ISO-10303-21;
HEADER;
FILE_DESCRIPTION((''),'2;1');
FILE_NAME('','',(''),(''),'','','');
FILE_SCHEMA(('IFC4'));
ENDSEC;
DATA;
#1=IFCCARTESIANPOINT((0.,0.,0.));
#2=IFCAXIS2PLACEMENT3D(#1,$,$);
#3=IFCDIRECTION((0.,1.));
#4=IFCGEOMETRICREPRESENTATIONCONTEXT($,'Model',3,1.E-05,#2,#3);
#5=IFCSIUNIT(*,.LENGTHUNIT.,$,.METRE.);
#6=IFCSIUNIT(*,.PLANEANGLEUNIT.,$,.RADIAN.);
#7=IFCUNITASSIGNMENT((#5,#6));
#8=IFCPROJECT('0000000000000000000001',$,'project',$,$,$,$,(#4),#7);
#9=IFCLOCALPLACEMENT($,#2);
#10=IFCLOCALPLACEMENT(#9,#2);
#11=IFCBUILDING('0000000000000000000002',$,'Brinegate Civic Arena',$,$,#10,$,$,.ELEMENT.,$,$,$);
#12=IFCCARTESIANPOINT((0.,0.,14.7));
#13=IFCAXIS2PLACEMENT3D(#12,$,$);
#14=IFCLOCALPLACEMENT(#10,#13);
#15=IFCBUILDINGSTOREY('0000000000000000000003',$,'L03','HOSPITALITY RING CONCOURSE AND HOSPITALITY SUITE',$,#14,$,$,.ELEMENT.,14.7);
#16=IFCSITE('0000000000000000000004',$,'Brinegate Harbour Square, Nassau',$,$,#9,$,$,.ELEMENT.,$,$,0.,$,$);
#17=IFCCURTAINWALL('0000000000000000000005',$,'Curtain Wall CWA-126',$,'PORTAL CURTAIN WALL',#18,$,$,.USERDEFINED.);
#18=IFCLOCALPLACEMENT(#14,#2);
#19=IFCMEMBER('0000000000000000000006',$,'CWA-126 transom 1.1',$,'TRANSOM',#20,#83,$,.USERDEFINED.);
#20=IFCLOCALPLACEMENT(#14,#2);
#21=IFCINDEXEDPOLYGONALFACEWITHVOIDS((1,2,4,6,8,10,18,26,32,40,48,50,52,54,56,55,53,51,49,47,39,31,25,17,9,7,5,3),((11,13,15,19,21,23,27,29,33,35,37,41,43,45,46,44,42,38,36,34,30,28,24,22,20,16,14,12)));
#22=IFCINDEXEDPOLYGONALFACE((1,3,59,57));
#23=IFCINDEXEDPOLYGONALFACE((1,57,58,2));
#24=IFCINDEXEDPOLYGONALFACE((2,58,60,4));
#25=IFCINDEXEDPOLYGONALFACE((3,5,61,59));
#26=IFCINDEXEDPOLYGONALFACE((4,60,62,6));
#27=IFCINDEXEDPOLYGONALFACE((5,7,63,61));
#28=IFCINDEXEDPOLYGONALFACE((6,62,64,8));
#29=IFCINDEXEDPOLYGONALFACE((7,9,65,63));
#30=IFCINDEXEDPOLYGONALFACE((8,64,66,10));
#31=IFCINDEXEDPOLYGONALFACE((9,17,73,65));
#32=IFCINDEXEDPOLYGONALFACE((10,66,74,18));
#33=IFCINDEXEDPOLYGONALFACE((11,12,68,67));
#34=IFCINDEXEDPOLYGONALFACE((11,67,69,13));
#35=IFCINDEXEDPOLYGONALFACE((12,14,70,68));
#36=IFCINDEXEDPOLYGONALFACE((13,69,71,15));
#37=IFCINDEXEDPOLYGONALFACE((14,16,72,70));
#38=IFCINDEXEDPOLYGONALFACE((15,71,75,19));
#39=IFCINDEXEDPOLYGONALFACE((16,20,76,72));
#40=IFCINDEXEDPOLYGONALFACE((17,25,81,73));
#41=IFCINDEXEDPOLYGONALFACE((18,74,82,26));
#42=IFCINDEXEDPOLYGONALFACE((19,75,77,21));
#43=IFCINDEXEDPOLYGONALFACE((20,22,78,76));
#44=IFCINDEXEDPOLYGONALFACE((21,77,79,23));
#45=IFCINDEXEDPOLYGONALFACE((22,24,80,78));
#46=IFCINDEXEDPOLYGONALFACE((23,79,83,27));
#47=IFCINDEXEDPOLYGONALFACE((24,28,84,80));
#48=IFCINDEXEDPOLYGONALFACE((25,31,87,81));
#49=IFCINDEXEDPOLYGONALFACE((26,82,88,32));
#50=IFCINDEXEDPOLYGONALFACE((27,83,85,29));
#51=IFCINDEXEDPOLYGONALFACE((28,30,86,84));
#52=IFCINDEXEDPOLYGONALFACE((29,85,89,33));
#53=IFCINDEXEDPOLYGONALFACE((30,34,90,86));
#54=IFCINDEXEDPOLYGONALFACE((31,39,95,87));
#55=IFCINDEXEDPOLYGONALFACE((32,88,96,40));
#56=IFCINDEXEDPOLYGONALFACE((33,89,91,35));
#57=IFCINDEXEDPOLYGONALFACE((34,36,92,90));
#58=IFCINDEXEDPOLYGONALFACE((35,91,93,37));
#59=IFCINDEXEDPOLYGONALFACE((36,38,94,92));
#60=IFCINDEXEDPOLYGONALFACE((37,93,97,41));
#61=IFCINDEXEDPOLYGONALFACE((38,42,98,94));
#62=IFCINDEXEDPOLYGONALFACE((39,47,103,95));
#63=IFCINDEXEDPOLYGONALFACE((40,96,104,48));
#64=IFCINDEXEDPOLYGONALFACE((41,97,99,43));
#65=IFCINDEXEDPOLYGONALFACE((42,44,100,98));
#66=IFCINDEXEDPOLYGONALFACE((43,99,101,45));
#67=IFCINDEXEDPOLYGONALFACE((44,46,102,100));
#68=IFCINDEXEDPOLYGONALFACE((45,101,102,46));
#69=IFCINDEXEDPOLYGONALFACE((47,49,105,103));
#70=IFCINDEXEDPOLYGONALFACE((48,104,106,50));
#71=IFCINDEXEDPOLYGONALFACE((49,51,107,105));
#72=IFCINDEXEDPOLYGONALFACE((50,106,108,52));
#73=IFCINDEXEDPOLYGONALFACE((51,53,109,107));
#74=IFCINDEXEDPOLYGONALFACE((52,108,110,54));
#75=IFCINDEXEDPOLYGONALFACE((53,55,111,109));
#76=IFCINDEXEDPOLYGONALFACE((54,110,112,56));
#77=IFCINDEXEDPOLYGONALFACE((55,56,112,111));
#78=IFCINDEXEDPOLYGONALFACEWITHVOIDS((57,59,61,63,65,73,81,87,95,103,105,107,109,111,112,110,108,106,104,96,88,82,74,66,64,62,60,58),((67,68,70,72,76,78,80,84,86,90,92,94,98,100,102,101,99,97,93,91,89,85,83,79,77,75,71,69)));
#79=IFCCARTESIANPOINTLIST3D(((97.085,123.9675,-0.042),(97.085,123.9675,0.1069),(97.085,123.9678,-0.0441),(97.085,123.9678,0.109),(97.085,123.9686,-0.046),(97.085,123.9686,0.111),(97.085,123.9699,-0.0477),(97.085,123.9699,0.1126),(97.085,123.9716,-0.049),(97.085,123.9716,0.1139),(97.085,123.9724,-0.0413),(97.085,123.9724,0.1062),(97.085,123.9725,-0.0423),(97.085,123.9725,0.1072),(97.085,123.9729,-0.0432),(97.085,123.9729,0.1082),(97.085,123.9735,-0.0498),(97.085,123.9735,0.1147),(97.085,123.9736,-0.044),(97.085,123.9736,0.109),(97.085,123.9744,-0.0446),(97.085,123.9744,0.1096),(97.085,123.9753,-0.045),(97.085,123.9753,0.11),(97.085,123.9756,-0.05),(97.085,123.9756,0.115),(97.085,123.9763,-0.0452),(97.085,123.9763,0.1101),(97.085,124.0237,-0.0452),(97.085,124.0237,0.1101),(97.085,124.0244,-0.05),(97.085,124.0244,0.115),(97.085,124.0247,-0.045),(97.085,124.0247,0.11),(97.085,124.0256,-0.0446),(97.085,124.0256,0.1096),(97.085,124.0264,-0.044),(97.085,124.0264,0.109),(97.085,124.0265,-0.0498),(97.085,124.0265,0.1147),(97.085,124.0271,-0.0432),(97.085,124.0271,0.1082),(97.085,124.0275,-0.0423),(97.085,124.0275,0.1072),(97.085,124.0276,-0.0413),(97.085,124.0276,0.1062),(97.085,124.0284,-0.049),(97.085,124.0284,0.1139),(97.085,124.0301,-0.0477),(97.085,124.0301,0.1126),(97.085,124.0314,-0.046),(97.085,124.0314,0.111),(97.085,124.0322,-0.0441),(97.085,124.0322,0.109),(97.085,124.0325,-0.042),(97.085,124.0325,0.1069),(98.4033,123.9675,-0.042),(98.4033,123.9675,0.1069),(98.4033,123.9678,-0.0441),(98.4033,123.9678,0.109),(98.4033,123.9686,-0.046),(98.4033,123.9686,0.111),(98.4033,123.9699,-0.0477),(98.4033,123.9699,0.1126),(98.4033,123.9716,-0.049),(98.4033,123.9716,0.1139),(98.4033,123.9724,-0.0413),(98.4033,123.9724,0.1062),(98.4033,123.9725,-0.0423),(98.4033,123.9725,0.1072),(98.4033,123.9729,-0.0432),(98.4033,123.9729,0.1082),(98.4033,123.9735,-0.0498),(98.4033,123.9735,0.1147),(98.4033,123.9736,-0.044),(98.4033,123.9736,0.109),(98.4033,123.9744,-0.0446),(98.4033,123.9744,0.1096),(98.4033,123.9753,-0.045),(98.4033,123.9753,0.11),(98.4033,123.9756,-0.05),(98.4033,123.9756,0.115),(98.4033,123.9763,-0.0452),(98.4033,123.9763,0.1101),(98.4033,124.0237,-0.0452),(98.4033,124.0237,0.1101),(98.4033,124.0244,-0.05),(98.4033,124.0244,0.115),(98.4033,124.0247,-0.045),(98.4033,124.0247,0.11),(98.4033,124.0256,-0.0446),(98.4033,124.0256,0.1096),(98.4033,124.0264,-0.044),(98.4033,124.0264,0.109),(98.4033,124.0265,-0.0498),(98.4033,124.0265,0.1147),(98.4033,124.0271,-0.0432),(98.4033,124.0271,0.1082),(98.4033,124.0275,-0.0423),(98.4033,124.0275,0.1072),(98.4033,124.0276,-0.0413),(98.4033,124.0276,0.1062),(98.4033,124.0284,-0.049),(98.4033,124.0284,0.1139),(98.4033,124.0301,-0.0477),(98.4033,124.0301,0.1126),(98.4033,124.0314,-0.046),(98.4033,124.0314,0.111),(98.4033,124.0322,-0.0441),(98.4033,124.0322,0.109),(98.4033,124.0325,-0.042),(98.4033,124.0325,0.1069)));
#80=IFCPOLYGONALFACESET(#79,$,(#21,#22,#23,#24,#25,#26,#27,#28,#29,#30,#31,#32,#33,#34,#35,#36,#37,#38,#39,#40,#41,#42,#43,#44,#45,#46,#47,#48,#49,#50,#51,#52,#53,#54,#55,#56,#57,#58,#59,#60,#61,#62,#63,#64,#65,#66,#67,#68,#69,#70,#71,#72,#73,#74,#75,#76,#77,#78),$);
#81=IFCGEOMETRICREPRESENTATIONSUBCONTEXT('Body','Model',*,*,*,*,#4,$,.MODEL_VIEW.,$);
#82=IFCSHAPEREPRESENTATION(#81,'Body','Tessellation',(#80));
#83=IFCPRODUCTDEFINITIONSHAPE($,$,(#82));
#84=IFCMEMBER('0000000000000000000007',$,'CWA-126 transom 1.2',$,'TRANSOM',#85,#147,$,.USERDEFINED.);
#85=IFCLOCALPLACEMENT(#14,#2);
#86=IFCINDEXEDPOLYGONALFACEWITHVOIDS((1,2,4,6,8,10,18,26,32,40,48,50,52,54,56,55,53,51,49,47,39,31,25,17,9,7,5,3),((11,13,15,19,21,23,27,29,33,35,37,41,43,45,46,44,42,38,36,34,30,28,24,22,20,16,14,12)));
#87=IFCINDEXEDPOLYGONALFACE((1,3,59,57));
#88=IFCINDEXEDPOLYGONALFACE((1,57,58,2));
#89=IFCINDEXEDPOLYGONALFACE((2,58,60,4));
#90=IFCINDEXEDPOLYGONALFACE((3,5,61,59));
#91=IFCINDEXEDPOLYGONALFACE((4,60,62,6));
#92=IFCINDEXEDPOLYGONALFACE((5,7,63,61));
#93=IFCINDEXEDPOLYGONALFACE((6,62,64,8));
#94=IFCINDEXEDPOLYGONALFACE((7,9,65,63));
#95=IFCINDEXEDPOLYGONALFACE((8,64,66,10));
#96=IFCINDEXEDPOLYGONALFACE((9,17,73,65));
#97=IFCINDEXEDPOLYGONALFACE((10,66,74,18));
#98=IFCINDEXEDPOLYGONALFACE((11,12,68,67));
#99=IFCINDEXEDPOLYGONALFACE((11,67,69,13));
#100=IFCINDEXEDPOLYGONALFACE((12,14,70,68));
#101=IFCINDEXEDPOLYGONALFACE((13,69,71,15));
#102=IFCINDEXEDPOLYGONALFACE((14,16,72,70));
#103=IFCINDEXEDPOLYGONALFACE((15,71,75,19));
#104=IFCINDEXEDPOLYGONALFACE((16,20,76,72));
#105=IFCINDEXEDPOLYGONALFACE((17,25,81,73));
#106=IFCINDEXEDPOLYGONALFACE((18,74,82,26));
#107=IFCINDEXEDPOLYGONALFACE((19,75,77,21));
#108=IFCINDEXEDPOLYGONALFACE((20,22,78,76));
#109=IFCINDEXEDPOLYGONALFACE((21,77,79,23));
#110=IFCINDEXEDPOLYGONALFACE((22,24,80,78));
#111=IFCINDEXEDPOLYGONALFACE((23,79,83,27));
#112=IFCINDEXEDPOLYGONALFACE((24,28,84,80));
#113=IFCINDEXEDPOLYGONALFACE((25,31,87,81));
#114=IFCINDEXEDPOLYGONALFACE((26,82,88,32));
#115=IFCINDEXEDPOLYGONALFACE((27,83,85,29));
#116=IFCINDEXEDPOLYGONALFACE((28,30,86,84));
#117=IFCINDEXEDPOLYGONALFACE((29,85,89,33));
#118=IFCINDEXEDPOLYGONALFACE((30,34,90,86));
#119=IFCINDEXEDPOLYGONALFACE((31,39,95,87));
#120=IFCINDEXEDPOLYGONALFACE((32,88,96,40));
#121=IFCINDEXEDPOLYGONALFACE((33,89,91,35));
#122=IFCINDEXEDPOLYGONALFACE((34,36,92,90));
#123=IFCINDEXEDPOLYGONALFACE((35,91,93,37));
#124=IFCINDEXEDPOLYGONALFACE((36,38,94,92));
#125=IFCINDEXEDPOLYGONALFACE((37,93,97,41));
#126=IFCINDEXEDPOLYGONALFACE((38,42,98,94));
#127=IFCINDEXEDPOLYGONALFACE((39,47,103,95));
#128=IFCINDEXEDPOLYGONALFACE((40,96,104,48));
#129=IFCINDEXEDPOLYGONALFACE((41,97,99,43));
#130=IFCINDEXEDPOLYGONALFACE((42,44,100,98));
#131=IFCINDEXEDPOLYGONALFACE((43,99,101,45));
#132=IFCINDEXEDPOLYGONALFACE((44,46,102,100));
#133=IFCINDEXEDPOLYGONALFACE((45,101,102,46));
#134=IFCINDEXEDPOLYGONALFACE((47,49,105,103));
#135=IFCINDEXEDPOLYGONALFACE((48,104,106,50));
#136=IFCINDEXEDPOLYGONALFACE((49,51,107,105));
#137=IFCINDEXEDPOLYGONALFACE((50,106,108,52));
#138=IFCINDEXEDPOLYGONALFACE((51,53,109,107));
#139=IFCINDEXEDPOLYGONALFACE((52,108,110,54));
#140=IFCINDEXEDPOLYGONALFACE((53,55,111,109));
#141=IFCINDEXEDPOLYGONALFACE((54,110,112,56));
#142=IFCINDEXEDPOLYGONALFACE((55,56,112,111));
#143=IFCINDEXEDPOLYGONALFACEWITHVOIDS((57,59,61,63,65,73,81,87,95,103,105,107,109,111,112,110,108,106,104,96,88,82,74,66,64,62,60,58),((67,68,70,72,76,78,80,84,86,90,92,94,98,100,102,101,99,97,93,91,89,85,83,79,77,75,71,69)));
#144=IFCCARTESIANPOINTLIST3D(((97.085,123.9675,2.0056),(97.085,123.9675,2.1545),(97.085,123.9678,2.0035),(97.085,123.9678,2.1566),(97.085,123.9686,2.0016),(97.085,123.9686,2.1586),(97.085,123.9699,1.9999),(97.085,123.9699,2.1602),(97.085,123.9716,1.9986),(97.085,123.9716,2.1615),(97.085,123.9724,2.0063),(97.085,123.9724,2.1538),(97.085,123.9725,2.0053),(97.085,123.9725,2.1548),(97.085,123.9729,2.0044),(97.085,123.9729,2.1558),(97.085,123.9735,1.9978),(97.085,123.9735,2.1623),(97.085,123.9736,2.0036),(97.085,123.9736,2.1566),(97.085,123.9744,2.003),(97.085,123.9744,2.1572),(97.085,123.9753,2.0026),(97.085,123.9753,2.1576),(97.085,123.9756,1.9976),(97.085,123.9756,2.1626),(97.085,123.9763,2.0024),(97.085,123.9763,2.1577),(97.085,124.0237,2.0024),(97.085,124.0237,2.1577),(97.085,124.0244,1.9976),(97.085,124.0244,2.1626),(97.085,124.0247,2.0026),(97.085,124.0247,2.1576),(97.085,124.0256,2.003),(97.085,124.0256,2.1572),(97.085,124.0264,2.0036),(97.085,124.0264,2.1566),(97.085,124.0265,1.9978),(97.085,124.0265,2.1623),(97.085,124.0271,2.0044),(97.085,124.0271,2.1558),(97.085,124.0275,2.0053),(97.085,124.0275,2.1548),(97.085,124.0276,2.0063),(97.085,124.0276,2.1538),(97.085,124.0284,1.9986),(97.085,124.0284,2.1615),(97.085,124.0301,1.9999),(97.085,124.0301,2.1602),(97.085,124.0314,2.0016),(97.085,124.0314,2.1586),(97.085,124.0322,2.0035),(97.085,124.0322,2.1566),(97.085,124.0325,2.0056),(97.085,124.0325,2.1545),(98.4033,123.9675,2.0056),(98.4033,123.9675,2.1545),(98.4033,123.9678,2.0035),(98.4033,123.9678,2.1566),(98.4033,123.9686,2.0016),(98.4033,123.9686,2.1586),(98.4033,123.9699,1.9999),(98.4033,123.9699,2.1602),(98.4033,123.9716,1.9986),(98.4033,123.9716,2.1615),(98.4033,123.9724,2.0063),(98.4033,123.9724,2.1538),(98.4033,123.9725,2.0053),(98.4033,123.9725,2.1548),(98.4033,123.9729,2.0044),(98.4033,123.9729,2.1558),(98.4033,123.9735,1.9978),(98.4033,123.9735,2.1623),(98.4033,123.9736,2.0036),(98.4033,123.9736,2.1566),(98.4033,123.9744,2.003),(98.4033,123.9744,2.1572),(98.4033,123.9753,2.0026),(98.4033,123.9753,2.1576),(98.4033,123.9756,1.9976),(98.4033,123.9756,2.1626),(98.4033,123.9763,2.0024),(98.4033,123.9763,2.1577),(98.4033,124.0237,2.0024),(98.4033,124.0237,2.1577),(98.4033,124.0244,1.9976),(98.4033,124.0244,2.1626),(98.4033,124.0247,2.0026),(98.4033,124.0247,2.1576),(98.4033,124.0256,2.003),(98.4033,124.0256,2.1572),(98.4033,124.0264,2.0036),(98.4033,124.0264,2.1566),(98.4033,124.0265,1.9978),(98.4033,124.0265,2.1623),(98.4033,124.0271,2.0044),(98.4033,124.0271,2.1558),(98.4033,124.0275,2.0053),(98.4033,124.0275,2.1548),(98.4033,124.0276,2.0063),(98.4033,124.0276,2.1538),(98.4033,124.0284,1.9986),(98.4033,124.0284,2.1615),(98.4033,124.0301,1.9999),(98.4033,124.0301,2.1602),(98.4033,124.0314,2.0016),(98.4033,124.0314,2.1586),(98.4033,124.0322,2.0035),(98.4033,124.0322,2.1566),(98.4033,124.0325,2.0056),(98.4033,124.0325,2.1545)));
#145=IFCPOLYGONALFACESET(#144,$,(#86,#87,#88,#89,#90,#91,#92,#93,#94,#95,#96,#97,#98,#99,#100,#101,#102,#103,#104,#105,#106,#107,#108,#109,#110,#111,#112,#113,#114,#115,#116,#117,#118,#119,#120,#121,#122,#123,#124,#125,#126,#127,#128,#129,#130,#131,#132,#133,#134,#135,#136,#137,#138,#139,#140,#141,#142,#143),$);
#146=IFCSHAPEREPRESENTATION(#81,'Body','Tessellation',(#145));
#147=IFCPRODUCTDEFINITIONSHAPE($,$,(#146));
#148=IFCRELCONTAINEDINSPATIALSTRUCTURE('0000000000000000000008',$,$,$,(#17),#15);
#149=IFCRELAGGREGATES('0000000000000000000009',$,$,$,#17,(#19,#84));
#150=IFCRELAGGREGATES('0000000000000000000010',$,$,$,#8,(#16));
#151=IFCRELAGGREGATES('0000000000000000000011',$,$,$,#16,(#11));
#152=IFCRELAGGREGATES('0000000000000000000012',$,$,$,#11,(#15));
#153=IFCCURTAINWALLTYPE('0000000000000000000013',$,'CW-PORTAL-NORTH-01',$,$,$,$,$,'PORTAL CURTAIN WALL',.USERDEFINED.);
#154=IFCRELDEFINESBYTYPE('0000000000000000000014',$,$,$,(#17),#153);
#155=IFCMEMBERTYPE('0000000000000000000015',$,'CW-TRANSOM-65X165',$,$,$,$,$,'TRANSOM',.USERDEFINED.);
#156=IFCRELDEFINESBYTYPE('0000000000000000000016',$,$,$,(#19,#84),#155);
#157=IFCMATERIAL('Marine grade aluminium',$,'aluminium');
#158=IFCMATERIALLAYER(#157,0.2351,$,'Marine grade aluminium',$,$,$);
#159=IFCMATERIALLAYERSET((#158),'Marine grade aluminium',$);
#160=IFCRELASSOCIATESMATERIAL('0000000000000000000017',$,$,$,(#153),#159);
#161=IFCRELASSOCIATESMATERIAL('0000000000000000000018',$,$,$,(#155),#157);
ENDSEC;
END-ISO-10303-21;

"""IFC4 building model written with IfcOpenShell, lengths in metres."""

from ifc_helpers import new_model, si_unit, direction, frame, origin, origin_2d, place, context, subcontext, project, spatial, hollow_rectangle, extrude, material, layer, layer_set, material_profile, profile_set, type_object, element, aggregate, save


model = new_model("IFC4")

# Units and contexts
model_context = context("Model", 3, precision=1e-05, world=origin(), true_north=direction((0.0, 1.0)))
body_context = subcontext(model_context, "Body", "Model", "MODEL_VIEW")
ifc_project = project(units=[si_unit("LENGTHUNIT", "METRE"), si_unit("PLANEANGLEUNIT", "RADIAN")], contexts=[model_context])

# Site, building, storey
site_placement = place(None, origin())
site = spatial("IfcSite", under=ifc_project, at=site_placement, Name="Brinegate Harbour Square, Nassau", CompositionType="ELEMENT", RefElevation=0.0)
building_placement = place(site_placement, origin())
building = spatial("IfcBuilding", under=site, at=building_placement, Name="Brinegate Civic Arena", CompositionType="ELEMENT")
storey_placement = place(building_placement, frame((0.0, 0.0, 14.7)))
storey = spatial("IfcBuildingStorey", under=building, at=storey_placement, Name="L03", Description="HOSPITALITY RING CONCOURSE AND HOSPITALITY SUITE", CompositionType="ELEMENT", Elevation=14.7)

# Curtain wall, members
ifc_material_1 = material(Name="Marine grade aluminium", Category="aluminium")
ifc_layer_1 = layer(ifc_material_1, 0.2351, Name="Marine grade aluminium")
ifc_layer_set_1 = layer_set([ifc_layer_1], Name="Marine grade aluminium")
curtain_wall_type = type_object("IfcCurtainWallType", Name="CW-PORTAL-NORTH-01", ElementType="PORTAL CURTAIN WALL", PredefinedType="USERDEFINED", material=ifc_layer_set_1)
curtain_wall_placement = place(storey_placement, origin())
curtain_wall = element("IfcCurtainWall", 1, at=curtain_wall_placement, inside=storey, type_object=curtain_wall_type, Name="Curtain Wall CWA-126", ObjectType="PORTAL CURTAIN WALL", PredefinedType="USERDEFINED")
ifc_material_profile_1 = material_profile(ifc_material_1, hollow_rectangle(XDim=0.0649, YDim=0.165, WallThickness=0.0049, InnerFilletRadius=0.0039, OuterFilletRadius=0.0081, at=origin_2d()), Name="TRN65X165")
ifc_profile_set_1 = profile_set([ifc_material_profile_1], Name="Marine grade aluminium")
member_type_1 = type_object("IfcMemberType", Name="CW-TRANSOM-65X165", ElementType="TRANSOM", PredefinedType="USERDEFINED", material=ifc_profile_set_1)
member_1_placement = place(storey_placement, frame((97.085, 124.0, 0.0325), z_axis=(1.0, 0.0, 0.0), x_axis=(0.0, 1.0, 0.0)))
member_1 = element("IfcMember", 2, at=member_1_placement, type_object=member_type_1, Name="CWA-126 transom 1.1", ObjectType="TRANSOM", PredefinedType="USERDEFINED", context=body_context, shape_type="SweptSolid", body=[
    extrude(hollow_rectangle(XDim=0.0649, YDim=0.165, WallThickness=0.0049, InnerFilletRadius=0.0039, OuterFilletRadius=0.0081, at=origin_2d()), origin(), (0.0, 0.0, 1.0), 1.3184),
])
member_2_placement = place(storey_placement, frame((97.085, 124.0, 2.0801), z_axis=(1.0, 0.0, 0.0), x_axis=(0.0, 1.0, 0.0)))
member_2 = element("IfcMember", 3, at=member_2_placement, type_object=member_type_1, Name="CWA-126 transom 1.2", ObjectType="TRANSOM", PredefinedType="USERDEFINED", context=body_context, shape_type="SweptSolid", body=[
    extrude(hollow_rectangle(XDim=0.0649, YDim=0.165, WallThickness=0.0049, InnerFilletRadius=0.0039, OuterFilletRadius=0.0081, at=origin_2d()), origin(), (0.0, 0.0, 1.0), 1.3184),
])
aggregate(curtain_wall, [member_1, member_2])

save(model, "model.ifc")
